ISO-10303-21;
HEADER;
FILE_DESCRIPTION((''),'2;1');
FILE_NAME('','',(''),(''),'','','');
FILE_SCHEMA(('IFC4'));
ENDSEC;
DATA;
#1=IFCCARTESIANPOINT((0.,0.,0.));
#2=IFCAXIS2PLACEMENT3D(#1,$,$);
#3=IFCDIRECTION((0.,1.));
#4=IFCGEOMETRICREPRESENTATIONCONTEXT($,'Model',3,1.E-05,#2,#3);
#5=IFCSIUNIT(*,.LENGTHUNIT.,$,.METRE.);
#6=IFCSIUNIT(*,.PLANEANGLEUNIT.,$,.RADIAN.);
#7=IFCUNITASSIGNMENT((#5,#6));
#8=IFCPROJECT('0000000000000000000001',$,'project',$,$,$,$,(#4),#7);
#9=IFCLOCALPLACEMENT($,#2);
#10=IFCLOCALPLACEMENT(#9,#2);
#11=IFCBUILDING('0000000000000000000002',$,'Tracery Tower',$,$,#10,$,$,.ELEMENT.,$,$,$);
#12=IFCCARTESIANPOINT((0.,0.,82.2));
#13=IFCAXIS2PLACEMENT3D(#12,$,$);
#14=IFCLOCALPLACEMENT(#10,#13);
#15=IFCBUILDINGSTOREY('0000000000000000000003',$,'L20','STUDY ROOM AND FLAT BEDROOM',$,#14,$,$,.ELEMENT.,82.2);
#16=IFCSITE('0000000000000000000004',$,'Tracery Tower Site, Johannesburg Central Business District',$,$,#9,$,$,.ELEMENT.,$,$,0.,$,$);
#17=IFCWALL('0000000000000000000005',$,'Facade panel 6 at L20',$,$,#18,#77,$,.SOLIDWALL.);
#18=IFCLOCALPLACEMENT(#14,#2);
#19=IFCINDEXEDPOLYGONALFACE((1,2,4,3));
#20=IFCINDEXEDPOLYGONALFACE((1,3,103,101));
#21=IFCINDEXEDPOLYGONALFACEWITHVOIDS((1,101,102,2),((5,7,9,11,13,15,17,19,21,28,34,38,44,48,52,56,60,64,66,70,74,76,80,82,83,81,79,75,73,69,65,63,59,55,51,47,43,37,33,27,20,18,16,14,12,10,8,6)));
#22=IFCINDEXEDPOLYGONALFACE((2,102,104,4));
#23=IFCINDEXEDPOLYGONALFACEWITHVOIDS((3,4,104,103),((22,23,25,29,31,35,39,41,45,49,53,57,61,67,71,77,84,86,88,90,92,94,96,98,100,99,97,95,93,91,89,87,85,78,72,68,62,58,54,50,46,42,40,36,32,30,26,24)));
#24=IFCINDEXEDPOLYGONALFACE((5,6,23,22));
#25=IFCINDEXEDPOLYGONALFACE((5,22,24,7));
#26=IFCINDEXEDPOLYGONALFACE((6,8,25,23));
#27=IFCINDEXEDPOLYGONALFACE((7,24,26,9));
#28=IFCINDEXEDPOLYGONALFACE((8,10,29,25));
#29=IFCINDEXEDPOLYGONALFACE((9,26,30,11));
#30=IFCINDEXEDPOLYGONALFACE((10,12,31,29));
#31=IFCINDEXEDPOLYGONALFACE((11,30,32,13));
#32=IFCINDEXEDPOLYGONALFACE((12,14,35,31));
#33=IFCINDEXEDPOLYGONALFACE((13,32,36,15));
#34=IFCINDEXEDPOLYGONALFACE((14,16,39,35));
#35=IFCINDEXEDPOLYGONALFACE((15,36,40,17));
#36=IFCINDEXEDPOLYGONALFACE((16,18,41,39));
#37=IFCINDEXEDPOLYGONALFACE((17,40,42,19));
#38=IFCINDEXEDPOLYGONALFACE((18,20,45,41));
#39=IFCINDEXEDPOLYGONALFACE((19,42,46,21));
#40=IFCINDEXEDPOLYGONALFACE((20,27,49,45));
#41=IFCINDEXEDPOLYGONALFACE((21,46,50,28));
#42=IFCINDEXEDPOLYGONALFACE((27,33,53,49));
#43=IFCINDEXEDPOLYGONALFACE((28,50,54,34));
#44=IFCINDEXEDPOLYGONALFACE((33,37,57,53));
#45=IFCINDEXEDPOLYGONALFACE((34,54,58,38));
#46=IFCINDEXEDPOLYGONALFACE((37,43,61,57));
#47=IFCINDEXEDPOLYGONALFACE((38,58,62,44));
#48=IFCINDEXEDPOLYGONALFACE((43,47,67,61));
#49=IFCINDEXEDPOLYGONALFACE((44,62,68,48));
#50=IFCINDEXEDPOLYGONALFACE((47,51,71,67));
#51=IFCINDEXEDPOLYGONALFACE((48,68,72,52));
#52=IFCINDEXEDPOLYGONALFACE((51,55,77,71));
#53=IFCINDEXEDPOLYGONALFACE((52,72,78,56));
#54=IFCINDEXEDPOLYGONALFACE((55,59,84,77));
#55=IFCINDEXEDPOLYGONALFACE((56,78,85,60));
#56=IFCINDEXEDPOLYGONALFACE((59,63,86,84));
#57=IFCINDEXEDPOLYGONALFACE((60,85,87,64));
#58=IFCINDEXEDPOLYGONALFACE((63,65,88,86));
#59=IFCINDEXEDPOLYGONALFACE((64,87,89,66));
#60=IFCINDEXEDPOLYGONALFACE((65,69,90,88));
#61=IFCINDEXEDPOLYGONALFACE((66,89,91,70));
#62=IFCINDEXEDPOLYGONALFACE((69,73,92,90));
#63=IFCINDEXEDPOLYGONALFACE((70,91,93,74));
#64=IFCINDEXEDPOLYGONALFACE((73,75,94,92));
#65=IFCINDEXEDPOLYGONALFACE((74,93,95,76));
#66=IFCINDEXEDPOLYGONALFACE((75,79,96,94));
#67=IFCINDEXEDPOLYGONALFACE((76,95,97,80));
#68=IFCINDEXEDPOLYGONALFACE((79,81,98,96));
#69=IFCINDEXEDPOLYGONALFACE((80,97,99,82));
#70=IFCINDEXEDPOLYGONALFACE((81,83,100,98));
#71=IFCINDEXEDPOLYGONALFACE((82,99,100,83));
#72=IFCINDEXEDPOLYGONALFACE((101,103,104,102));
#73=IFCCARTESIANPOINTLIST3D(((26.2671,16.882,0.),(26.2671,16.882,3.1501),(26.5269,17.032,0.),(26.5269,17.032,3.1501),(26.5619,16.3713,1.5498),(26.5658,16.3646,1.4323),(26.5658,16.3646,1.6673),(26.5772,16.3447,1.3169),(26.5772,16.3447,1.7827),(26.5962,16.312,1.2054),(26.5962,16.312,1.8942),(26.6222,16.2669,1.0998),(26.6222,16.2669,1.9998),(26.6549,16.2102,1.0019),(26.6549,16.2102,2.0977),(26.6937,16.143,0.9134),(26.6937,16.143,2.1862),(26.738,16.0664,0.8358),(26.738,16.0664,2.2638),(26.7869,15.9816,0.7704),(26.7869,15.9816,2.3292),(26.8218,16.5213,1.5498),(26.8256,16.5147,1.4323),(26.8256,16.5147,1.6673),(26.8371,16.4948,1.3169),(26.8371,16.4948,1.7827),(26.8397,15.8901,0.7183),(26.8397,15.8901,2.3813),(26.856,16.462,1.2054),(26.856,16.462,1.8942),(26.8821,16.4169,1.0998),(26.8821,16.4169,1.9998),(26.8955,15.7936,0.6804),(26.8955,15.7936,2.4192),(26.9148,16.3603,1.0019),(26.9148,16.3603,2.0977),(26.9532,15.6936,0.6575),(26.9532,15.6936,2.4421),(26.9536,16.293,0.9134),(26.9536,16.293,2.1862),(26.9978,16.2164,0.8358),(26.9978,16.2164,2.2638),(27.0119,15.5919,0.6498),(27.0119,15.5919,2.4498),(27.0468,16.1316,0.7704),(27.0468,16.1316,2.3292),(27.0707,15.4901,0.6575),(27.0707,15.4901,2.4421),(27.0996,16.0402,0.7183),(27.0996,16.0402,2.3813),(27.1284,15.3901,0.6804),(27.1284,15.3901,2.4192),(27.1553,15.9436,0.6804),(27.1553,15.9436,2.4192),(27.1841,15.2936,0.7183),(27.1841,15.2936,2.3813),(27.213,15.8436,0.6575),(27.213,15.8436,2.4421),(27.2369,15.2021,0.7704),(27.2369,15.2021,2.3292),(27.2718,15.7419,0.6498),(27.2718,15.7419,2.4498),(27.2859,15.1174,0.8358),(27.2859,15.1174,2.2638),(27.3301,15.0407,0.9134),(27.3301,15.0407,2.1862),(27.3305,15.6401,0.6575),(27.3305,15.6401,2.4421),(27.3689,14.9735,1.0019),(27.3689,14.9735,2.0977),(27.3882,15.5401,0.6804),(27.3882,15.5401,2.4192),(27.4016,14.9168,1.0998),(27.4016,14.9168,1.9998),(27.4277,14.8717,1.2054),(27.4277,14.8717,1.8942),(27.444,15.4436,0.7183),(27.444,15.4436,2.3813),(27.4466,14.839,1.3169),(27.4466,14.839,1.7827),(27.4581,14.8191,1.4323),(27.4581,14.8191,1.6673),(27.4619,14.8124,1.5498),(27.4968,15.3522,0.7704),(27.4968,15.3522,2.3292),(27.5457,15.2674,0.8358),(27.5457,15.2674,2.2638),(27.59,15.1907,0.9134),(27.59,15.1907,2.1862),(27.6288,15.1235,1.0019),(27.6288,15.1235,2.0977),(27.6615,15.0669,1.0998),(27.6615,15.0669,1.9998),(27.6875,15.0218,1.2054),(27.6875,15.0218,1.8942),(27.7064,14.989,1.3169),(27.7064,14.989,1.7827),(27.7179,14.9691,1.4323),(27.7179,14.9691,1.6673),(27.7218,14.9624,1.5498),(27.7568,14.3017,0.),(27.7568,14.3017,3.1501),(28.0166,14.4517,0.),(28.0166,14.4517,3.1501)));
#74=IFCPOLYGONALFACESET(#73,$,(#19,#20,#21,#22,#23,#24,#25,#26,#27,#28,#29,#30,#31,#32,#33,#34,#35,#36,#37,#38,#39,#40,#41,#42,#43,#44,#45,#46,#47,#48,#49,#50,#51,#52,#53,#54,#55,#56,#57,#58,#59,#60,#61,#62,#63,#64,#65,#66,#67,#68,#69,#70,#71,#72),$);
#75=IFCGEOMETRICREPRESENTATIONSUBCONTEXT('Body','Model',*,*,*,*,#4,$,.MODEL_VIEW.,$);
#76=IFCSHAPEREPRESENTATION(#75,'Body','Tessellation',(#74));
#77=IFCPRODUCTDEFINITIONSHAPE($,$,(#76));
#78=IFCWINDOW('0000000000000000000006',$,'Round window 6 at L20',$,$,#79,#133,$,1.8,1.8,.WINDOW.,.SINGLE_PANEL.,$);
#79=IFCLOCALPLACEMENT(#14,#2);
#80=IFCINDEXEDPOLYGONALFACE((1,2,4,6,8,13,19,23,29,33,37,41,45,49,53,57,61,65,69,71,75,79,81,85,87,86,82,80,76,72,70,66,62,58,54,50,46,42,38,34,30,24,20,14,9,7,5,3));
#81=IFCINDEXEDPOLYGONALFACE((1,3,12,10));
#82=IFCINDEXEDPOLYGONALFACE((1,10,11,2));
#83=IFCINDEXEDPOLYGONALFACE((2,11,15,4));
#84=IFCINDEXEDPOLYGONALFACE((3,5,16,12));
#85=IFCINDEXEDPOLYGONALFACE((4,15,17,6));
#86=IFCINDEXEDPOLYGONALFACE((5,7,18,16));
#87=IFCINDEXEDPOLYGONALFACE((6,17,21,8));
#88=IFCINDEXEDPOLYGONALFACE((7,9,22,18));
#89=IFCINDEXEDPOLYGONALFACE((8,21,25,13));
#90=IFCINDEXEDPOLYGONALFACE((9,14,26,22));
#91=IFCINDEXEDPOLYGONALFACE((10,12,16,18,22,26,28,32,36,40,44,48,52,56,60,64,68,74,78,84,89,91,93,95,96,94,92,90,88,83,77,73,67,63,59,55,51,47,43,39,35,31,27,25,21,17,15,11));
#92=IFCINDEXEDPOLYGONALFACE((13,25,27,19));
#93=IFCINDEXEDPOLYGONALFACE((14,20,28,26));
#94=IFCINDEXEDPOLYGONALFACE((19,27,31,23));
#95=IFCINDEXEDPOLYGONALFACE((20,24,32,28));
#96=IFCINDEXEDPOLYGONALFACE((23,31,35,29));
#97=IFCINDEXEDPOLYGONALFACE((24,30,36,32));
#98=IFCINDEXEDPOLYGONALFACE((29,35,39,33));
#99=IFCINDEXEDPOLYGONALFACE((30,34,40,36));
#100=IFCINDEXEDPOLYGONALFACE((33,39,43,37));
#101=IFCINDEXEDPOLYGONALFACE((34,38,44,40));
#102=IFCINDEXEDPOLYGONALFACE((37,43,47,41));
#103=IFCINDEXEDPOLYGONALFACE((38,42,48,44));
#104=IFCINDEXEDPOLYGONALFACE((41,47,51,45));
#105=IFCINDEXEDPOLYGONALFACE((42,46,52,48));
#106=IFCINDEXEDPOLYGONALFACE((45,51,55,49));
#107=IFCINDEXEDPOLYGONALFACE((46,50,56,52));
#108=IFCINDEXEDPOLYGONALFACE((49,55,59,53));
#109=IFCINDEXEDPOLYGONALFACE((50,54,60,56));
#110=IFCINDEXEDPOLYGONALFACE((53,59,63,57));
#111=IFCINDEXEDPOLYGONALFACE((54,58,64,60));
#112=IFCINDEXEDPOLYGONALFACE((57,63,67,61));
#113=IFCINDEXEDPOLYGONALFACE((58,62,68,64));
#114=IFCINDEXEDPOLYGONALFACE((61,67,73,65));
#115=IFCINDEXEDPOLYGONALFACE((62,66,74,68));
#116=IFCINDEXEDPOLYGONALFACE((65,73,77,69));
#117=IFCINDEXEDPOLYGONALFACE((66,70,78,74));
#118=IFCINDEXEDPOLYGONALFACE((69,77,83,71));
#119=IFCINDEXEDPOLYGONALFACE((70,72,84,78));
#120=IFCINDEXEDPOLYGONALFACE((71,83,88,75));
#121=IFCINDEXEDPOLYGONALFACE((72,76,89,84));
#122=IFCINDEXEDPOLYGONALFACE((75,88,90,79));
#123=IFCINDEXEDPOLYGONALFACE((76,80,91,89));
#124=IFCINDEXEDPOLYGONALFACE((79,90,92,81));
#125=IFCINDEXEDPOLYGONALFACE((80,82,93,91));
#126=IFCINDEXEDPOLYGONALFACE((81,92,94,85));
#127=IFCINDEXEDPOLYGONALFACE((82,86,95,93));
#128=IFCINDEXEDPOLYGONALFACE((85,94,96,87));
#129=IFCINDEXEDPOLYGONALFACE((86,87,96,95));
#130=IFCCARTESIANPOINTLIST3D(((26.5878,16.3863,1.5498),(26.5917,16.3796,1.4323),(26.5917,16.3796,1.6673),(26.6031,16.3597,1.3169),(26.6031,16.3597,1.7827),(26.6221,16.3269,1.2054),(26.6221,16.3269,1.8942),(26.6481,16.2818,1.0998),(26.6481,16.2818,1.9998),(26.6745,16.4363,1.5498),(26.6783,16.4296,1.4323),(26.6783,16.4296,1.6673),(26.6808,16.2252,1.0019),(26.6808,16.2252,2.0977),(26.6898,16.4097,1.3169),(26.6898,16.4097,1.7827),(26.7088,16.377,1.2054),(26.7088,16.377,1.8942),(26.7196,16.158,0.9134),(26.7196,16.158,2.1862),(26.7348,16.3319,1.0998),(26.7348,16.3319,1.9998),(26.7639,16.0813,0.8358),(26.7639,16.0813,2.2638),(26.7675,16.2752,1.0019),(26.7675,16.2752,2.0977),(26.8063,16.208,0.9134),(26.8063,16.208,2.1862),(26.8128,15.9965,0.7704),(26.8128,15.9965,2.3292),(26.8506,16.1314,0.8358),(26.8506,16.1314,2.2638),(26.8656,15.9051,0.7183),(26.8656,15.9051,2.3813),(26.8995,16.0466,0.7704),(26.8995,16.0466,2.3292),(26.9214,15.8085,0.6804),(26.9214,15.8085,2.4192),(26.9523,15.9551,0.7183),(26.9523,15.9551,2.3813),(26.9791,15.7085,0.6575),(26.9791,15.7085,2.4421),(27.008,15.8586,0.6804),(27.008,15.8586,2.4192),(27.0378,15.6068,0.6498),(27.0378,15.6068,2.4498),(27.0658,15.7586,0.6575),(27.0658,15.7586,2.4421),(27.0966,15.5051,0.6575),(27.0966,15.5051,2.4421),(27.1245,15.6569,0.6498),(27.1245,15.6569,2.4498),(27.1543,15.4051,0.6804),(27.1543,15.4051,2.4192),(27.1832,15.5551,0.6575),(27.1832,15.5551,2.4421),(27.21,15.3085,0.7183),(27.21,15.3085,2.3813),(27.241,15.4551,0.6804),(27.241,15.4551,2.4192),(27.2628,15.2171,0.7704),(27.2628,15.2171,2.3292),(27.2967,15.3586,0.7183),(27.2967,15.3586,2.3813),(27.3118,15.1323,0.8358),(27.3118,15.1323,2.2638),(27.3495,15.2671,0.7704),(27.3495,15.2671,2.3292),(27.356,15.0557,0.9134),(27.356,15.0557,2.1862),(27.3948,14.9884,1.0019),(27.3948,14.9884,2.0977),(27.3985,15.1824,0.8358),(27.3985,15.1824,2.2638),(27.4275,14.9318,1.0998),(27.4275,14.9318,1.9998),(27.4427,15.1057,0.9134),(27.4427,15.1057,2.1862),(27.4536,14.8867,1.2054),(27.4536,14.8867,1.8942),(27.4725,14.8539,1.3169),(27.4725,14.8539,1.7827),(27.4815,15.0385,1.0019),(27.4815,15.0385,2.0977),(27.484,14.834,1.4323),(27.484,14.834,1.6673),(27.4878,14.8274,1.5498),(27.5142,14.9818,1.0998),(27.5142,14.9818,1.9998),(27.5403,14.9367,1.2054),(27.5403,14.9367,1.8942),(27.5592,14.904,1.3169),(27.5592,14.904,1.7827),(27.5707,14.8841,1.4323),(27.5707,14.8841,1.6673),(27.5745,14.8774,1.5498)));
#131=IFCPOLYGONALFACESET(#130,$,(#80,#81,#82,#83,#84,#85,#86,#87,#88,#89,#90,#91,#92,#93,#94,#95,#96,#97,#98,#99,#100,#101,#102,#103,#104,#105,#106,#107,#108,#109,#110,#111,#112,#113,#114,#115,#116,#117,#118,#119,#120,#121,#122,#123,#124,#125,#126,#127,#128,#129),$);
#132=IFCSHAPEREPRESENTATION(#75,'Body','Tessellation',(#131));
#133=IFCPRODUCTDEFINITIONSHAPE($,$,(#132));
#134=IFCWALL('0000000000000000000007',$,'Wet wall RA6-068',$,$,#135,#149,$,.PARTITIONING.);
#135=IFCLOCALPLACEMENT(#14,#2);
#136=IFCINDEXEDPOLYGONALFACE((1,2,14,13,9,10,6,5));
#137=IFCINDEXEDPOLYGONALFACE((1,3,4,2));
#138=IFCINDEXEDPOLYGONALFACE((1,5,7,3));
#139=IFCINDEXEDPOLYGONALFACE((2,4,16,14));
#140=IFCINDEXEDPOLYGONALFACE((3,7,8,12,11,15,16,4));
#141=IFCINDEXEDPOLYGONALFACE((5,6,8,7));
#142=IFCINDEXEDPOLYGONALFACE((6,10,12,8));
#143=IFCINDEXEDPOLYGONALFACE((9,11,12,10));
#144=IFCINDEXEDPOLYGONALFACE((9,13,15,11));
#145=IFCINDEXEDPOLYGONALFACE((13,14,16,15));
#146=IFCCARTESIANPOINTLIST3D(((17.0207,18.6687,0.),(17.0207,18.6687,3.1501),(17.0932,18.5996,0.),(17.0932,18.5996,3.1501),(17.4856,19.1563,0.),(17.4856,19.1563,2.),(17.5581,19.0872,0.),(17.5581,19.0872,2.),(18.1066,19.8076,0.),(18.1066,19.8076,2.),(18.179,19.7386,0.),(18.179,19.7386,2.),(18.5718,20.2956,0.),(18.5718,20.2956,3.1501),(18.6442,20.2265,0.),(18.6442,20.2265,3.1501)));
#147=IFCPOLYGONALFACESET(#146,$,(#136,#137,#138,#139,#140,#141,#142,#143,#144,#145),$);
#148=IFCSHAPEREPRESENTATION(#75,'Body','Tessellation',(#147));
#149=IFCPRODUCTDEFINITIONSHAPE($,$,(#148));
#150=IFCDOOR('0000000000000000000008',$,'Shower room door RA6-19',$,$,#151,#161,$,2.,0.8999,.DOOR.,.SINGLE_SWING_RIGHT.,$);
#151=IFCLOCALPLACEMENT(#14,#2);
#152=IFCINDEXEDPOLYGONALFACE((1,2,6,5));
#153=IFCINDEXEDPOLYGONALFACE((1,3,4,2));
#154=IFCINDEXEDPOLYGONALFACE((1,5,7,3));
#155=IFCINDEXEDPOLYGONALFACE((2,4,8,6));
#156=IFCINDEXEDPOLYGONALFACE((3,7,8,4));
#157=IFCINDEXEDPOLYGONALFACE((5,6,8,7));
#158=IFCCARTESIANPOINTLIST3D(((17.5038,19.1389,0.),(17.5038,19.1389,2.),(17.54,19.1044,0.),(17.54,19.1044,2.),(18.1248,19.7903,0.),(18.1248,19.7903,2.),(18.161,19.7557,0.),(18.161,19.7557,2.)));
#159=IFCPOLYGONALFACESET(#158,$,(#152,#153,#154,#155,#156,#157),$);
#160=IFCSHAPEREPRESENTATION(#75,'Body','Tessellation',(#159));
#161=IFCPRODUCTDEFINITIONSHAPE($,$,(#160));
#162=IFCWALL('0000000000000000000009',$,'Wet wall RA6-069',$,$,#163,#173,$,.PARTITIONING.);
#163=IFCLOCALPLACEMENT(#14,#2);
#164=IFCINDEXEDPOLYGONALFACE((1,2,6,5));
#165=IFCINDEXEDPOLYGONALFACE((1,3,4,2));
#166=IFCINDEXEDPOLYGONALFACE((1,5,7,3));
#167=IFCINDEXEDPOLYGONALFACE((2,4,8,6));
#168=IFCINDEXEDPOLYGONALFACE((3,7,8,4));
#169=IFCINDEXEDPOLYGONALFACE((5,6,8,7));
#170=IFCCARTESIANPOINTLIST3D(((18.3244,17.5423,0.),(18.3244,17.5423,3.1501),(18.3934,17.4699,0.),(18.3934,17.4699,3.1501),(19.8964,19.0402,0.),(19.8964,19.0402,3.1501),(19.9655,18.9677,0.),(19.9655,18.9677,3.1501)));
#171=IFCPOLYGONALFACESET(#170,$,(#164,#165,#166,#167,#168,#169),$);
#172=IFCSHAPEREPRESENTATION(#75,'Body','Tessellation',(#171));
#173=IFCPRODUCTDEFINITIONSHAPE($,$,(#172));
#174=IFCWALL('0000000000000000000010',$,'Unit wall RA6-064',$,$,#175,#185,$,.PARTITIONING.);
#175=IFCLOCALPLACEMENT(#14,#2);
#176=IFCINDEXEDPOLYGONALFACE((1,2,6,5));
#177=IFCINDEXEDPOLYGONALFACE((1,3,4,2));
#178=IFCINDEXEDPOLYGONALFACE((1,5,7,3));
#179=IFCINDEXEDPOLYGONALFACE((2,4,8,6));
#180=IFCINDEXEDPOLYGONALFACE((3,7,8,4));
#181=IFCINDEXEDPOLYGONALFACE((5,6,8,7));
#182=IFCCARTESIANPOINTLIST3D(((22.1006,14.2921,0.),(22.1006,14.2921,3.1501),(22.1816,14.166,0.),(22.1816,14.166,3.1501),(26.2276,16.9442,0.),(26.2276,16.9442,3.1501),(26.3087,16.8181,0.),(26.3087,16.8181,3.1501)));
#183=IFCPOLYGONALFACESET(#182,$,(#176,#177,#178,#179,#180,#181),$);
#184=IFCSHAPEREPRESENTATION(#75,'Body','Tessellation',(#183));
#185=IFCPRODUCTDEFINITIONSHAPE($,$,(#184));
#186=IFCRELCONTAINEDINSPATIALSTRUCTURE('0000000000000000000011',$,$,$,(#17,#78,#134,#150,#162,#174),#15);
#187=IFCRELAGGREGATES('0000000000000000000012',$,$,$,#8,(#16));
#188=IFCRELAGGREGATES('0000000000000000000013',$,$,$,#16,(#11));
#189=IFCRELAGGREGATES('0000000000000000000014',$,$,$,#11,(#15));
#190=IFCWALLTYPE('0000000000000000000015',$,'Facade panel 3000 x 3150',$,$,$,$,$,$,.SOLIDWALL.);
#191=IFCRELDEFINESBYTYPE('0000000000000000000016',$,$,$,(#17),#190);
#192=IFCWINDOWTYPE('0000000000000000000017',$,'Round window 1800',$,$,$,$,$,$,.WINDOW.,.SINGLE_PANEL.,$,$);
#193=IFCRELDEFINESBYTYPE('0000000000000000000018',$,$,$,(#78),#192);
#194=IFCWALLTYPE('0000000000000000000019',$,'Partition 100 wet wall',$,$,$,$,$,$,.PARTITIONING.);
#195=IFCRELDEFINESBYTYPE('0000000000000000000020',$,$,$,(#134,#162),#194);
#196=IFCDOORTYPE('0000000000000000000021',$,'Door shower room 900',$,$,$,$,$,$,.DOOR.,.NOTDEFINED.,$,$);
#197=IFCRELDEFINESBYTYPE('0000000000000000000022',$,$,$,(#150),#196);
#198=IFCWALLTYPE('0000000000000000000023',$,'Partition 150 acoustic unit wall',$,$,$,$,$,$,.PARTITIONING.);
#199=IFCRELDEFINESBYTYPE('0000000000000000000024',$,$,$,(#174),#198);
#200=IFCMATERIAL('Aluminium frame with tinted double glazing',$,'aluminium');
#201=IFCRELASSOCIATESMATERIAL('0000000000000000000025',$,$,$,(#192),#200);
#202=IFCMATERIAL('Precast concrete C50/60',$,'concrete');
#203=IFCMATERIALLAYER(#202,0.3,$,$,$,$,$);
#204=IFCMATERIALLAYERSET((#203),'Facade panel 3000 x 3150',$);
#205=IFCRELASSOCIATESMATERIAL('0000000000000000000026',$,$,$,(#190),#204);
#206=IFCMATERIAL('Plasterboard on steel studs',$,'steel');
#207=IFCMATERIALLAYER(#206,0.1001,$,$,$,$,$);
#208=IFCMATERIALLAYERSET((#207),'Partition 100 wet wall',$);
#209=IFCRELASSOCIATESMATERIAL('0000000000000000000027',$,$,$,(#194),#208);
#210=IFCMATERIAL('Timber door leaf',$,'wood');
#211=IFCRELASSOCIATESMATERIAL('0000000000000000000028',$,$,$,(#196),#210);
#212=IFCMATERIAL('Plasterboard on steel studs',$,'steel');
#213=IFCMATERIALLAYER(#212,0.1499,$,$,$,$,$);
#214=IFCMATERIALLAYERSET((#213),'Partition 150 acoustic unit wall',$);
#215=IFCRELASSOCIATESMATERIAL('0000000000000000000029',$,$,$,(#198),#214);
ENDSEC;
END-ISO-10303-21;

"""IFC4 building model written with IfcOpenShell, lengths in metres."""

from ifc_helpers import new_model, si_unit, direction, frame, frame_2d, origin, origin_2d, place, context, subcontext, project, spatial, rectangle, circle, extrude, material, layer, layer_set, type_object, element, fill, save


model = new_model("IFC4")

# Units and contexts
model_context = context("Model", 3, precision=1e-05, world=origin(), true_north=direction((0.0, 1.0)))
body_context = subcontext(model_context, "Body", "Model", "MODEL_VIEW")
ifc_project = project(units=[si_unit("LENGTHUNIT", "METRE"), si_unit("PLANEANGLEUNIT", "RADIAN")], contexts=[model_context])

# Site, building, storey
site_placement = place(None, origin())
site = spatial("IfcSite", under=ifc_project, at=site_placement, Name="Tracery Tower Site, Johannesburg Central Business District", CompositionType="ELEMENT", RefElevation=0.0)
building_placement = place(site_placement, origin())
building = spatial("IfcBuilding", under=site, at=building_placement, Name="Tracery Tower", CompositionType="ELEMENT")
storey_placement = place(building_placement, frame((0.0, 0.0, 82.2)))
storey = spatial("IfcBuildingStorey", under=building, at=storey_placement, Name="L20", Description="STUDY ROOM AND FLAT BEDROOM", CompositionType="ELEMENT", Elevation=82.2)

# Wall, opening, window
ifc_material_1 = material(Name="Aluminium frame with tinted double glazing", Category="aluminium")
window_type = type_object("IfcWindowType", Name="Round window 1800", PartitioningType="SINGLE_PANEL", PredefinedType="WINDOW", material=ifc_material_1)
ifc_material_2 = material(Name="Precast concrete C50/60", Category="concrete")
ifc_layer_1 = layer(ifc_material_2, 0.3)
ifc_layer_set_1 = layer_set([ifc_layer_1], Name="Facade panel 3000 x 3150")
wall_type_1 = type_object("IfcWallType", Name="Facade panel 3000 x 3150", PredefinedType="SOLIDWALL", material=ifc_layer_set_1)
wall_1_placement = place(storey_placement, frame((27.8867, 14.3767, 0.0), z_axis=(0.0, 0.0, 1.0), x_axis=(-0.499999, 0.866026, 0.0)))
wall_1 = element("IfcWall", 1, at=wall_1_placement, inside=storey, type_object=wall_type_1, Name="Facade panel 6 at L20", PredefinedType="SOLIDWALL", context=body_context, shape_type="SweptSolid", body=[
    extrude(rectangle(XDim=2.9795, YDim=0.3, at=frame_2d((1.4897, 0.0))), origin(), (0.0, 0.0, 1.0), 3.1501),
])
opening_1_placement = place(wall_1_placement, frame((1.4897, 0.0, 1.5498)))
opening_1 = element("IfcOpeningElement", 2, at=opening_1_placement, cuts=wall_1, PredefinedType="OPENING", context=body_context, shape_type="SweptSolid", body=[
    extrude(circle(Radius=0.9, at=origin_2d()), frame((0.0, 0.1599, 0.0), z_axis=(0.0, -1.0, 0.0), x_axis=(1.0, 0.0, 0.0)), (0.0, 0.0, 1.0), 0.3201),
])
window_1_placement = place(opening_1_placement, origin())
window_1 = element("IfcWindow", 3, at=window_1_placement, inside=storey, type_object=window_type, Name="Round window 6 at L20", OverallHeight=1.8, OverallWidth=1.8, PartitioningType="SINGLE_PANEL", PredefinedType="WINDOW", context=body_context, shape_type="SweptSolid", body=[
    extrude(circle(Radius=0.9, at=origin_2d()), frame((0.0, 0.1201, 0.0), z_axis=(0.0, -1.0, 0.0), x_axis=(1.0, 0.0, 0.0)), (0.0, 0.0, 1.0), 0.1001),
])
fill(opening_1, window_1)

# Wall, opening, door
ifc_material_3 = material(Name="Plasterboard on steel studs", Category="steel")
ifc_layer_2 = layer(ifc_material_3, 0.1001)
ifc_layer_set_2 = layer_set([ifc_layer_2], Name="Partition 100 wet wall")
wall_type_2 = type_object("IfcWallType", Name="Partition 100 wet wall", PredefinedType="PARTITIONING", material=ifc_layer_set_2)
wall_2_placement = place(storey_placement, frame((17.0569, 18.634, 0.0), z_axis=(0.0, 0.0, 1.0), x_axis=(0.690016, 0.723794, 0.0)))
wall_2 = element("IfcWall", 4, at=wall_2_placement, inside=storey, type_object=wall_type_2, Name="Wet wall RA6-068", PredefinedType="PARTITIONING", context=body_context, shape_type="SweptSolid", body=[
    extrude(rectangle(XDim=2.2478, YDim=0.1001, at=frame_2d((1.124, 0.0))), origin(), (0.0, 0.0, 1.0), 3.1501),
])
opening_2_placement = place(wall_2_placement, frame((0.6738, 0.0, 0.0)))
opening_2 = element("IfcOpeningElement", 5, at=opening_2_placement, cuts=wall_2, PredefinedType="OPENING", context=body_context, shape_type="SweptSolid", body=[
    extrude(rectangle(XDim=0.8999, YDim=2.0, at=frame_2d((0.45, 1.0))), frame((0.0, 0.05, 0.0), z_axis=(0.0, -1.0, 0.0), x_axis=(1.0, 0.0, 0.0)), (0.0, 0.0, 1.0), 0.1001),
])
ifc_material_4 = material(Name="Timber door leaf", Category="wood")
door_type_1 = type_object("IfcDoorType", Name="Door shower room 900", OperationType="NOTDEFINED", PredefinedType="DOOR", material=ifc_material_4)
door_1_placement = place(opening_2_placement, origin())
door_1 = element("IfcDoor", 6, at=door_1_placement, inside=storey, type_object=door_type_1, Name="Shower room door RA6-19", OperationType="SINGLE_SWING_RIGHT", OverallHeight=2.0, OverallWidth=0.8999, PredefinedType="DOOR", context=body_context, shape_type="SweptSolid", body=[
    extrude(rectangle(XDim=0.8999, YDim=2.0, at=frame_2d((0.45, 1.0))), frame((0.0, 0.0249, 0.0), z_axis=(0.0, -1.0, 0.0), x_axis=(1.0, 0.0, 0.0)), (0.0, 0.0, 1.0), 0.05),
])
fill(opening_2, door_1)

# Walls
wall_3_placement = place(storey_placement, frame((18.3589, 17.5061, 0.0), z_axis=(0.0, 0.0, 1.0), x_axis=(0.723991, 0.68981, 0.0)))
element("IfcWall", 7, at=wall_3_placement, inside=storey, type_object=wall_type_2, Name="Wet wall RA6-069", PredefinedType="PARTITIONING", context=body_context, shape_type="SweptSolid", body=[
    extrude(rectangle(XDim=2.1714, YDim=0.1001, at=frame_2d((1.0857, 0.0))), origin(), (0.0, 0.0, 1.0), 3.1501),
])
ifc_material_5 = material(Name="Plasterboard on steel studs", Category="steel")
ifc_layer_3 = layer(ifc_material_5, 0.1499)
ifc_layer_set_3 = layer_set([ifc_layer_3], Name="Partition 150 acoustic unit wall")
wall_type_3 = type_object("IfcWallType", Name="Partition 150 acoustic unit wall", PredefinedType="PARTITIONING", material=ifc_layer_set_3)
wall_4_placement = place(storey_placement, frame((22.1411, 14.229, 0.0), z_axis=(0.0, 0.0, 1.0), x_axis=(0.841266, 0.540622, 0.0)))
element("IfcWall", 8, at=wall_4_placement, inside=storey, type_object=wall_type_3, Name="Unit wall RA6-064", PredefinedType="PARTITIONING", context=body_context, shape_type="SweptSolid", body=[
    extrude(rectangle(XDim=4.9058, YDim=0.1499, at=frame_2d((2.4529, 0.0))), origin(), (0.0, 0.0, 1.0), 3.1501),
])

save(model, "model.ifc")
